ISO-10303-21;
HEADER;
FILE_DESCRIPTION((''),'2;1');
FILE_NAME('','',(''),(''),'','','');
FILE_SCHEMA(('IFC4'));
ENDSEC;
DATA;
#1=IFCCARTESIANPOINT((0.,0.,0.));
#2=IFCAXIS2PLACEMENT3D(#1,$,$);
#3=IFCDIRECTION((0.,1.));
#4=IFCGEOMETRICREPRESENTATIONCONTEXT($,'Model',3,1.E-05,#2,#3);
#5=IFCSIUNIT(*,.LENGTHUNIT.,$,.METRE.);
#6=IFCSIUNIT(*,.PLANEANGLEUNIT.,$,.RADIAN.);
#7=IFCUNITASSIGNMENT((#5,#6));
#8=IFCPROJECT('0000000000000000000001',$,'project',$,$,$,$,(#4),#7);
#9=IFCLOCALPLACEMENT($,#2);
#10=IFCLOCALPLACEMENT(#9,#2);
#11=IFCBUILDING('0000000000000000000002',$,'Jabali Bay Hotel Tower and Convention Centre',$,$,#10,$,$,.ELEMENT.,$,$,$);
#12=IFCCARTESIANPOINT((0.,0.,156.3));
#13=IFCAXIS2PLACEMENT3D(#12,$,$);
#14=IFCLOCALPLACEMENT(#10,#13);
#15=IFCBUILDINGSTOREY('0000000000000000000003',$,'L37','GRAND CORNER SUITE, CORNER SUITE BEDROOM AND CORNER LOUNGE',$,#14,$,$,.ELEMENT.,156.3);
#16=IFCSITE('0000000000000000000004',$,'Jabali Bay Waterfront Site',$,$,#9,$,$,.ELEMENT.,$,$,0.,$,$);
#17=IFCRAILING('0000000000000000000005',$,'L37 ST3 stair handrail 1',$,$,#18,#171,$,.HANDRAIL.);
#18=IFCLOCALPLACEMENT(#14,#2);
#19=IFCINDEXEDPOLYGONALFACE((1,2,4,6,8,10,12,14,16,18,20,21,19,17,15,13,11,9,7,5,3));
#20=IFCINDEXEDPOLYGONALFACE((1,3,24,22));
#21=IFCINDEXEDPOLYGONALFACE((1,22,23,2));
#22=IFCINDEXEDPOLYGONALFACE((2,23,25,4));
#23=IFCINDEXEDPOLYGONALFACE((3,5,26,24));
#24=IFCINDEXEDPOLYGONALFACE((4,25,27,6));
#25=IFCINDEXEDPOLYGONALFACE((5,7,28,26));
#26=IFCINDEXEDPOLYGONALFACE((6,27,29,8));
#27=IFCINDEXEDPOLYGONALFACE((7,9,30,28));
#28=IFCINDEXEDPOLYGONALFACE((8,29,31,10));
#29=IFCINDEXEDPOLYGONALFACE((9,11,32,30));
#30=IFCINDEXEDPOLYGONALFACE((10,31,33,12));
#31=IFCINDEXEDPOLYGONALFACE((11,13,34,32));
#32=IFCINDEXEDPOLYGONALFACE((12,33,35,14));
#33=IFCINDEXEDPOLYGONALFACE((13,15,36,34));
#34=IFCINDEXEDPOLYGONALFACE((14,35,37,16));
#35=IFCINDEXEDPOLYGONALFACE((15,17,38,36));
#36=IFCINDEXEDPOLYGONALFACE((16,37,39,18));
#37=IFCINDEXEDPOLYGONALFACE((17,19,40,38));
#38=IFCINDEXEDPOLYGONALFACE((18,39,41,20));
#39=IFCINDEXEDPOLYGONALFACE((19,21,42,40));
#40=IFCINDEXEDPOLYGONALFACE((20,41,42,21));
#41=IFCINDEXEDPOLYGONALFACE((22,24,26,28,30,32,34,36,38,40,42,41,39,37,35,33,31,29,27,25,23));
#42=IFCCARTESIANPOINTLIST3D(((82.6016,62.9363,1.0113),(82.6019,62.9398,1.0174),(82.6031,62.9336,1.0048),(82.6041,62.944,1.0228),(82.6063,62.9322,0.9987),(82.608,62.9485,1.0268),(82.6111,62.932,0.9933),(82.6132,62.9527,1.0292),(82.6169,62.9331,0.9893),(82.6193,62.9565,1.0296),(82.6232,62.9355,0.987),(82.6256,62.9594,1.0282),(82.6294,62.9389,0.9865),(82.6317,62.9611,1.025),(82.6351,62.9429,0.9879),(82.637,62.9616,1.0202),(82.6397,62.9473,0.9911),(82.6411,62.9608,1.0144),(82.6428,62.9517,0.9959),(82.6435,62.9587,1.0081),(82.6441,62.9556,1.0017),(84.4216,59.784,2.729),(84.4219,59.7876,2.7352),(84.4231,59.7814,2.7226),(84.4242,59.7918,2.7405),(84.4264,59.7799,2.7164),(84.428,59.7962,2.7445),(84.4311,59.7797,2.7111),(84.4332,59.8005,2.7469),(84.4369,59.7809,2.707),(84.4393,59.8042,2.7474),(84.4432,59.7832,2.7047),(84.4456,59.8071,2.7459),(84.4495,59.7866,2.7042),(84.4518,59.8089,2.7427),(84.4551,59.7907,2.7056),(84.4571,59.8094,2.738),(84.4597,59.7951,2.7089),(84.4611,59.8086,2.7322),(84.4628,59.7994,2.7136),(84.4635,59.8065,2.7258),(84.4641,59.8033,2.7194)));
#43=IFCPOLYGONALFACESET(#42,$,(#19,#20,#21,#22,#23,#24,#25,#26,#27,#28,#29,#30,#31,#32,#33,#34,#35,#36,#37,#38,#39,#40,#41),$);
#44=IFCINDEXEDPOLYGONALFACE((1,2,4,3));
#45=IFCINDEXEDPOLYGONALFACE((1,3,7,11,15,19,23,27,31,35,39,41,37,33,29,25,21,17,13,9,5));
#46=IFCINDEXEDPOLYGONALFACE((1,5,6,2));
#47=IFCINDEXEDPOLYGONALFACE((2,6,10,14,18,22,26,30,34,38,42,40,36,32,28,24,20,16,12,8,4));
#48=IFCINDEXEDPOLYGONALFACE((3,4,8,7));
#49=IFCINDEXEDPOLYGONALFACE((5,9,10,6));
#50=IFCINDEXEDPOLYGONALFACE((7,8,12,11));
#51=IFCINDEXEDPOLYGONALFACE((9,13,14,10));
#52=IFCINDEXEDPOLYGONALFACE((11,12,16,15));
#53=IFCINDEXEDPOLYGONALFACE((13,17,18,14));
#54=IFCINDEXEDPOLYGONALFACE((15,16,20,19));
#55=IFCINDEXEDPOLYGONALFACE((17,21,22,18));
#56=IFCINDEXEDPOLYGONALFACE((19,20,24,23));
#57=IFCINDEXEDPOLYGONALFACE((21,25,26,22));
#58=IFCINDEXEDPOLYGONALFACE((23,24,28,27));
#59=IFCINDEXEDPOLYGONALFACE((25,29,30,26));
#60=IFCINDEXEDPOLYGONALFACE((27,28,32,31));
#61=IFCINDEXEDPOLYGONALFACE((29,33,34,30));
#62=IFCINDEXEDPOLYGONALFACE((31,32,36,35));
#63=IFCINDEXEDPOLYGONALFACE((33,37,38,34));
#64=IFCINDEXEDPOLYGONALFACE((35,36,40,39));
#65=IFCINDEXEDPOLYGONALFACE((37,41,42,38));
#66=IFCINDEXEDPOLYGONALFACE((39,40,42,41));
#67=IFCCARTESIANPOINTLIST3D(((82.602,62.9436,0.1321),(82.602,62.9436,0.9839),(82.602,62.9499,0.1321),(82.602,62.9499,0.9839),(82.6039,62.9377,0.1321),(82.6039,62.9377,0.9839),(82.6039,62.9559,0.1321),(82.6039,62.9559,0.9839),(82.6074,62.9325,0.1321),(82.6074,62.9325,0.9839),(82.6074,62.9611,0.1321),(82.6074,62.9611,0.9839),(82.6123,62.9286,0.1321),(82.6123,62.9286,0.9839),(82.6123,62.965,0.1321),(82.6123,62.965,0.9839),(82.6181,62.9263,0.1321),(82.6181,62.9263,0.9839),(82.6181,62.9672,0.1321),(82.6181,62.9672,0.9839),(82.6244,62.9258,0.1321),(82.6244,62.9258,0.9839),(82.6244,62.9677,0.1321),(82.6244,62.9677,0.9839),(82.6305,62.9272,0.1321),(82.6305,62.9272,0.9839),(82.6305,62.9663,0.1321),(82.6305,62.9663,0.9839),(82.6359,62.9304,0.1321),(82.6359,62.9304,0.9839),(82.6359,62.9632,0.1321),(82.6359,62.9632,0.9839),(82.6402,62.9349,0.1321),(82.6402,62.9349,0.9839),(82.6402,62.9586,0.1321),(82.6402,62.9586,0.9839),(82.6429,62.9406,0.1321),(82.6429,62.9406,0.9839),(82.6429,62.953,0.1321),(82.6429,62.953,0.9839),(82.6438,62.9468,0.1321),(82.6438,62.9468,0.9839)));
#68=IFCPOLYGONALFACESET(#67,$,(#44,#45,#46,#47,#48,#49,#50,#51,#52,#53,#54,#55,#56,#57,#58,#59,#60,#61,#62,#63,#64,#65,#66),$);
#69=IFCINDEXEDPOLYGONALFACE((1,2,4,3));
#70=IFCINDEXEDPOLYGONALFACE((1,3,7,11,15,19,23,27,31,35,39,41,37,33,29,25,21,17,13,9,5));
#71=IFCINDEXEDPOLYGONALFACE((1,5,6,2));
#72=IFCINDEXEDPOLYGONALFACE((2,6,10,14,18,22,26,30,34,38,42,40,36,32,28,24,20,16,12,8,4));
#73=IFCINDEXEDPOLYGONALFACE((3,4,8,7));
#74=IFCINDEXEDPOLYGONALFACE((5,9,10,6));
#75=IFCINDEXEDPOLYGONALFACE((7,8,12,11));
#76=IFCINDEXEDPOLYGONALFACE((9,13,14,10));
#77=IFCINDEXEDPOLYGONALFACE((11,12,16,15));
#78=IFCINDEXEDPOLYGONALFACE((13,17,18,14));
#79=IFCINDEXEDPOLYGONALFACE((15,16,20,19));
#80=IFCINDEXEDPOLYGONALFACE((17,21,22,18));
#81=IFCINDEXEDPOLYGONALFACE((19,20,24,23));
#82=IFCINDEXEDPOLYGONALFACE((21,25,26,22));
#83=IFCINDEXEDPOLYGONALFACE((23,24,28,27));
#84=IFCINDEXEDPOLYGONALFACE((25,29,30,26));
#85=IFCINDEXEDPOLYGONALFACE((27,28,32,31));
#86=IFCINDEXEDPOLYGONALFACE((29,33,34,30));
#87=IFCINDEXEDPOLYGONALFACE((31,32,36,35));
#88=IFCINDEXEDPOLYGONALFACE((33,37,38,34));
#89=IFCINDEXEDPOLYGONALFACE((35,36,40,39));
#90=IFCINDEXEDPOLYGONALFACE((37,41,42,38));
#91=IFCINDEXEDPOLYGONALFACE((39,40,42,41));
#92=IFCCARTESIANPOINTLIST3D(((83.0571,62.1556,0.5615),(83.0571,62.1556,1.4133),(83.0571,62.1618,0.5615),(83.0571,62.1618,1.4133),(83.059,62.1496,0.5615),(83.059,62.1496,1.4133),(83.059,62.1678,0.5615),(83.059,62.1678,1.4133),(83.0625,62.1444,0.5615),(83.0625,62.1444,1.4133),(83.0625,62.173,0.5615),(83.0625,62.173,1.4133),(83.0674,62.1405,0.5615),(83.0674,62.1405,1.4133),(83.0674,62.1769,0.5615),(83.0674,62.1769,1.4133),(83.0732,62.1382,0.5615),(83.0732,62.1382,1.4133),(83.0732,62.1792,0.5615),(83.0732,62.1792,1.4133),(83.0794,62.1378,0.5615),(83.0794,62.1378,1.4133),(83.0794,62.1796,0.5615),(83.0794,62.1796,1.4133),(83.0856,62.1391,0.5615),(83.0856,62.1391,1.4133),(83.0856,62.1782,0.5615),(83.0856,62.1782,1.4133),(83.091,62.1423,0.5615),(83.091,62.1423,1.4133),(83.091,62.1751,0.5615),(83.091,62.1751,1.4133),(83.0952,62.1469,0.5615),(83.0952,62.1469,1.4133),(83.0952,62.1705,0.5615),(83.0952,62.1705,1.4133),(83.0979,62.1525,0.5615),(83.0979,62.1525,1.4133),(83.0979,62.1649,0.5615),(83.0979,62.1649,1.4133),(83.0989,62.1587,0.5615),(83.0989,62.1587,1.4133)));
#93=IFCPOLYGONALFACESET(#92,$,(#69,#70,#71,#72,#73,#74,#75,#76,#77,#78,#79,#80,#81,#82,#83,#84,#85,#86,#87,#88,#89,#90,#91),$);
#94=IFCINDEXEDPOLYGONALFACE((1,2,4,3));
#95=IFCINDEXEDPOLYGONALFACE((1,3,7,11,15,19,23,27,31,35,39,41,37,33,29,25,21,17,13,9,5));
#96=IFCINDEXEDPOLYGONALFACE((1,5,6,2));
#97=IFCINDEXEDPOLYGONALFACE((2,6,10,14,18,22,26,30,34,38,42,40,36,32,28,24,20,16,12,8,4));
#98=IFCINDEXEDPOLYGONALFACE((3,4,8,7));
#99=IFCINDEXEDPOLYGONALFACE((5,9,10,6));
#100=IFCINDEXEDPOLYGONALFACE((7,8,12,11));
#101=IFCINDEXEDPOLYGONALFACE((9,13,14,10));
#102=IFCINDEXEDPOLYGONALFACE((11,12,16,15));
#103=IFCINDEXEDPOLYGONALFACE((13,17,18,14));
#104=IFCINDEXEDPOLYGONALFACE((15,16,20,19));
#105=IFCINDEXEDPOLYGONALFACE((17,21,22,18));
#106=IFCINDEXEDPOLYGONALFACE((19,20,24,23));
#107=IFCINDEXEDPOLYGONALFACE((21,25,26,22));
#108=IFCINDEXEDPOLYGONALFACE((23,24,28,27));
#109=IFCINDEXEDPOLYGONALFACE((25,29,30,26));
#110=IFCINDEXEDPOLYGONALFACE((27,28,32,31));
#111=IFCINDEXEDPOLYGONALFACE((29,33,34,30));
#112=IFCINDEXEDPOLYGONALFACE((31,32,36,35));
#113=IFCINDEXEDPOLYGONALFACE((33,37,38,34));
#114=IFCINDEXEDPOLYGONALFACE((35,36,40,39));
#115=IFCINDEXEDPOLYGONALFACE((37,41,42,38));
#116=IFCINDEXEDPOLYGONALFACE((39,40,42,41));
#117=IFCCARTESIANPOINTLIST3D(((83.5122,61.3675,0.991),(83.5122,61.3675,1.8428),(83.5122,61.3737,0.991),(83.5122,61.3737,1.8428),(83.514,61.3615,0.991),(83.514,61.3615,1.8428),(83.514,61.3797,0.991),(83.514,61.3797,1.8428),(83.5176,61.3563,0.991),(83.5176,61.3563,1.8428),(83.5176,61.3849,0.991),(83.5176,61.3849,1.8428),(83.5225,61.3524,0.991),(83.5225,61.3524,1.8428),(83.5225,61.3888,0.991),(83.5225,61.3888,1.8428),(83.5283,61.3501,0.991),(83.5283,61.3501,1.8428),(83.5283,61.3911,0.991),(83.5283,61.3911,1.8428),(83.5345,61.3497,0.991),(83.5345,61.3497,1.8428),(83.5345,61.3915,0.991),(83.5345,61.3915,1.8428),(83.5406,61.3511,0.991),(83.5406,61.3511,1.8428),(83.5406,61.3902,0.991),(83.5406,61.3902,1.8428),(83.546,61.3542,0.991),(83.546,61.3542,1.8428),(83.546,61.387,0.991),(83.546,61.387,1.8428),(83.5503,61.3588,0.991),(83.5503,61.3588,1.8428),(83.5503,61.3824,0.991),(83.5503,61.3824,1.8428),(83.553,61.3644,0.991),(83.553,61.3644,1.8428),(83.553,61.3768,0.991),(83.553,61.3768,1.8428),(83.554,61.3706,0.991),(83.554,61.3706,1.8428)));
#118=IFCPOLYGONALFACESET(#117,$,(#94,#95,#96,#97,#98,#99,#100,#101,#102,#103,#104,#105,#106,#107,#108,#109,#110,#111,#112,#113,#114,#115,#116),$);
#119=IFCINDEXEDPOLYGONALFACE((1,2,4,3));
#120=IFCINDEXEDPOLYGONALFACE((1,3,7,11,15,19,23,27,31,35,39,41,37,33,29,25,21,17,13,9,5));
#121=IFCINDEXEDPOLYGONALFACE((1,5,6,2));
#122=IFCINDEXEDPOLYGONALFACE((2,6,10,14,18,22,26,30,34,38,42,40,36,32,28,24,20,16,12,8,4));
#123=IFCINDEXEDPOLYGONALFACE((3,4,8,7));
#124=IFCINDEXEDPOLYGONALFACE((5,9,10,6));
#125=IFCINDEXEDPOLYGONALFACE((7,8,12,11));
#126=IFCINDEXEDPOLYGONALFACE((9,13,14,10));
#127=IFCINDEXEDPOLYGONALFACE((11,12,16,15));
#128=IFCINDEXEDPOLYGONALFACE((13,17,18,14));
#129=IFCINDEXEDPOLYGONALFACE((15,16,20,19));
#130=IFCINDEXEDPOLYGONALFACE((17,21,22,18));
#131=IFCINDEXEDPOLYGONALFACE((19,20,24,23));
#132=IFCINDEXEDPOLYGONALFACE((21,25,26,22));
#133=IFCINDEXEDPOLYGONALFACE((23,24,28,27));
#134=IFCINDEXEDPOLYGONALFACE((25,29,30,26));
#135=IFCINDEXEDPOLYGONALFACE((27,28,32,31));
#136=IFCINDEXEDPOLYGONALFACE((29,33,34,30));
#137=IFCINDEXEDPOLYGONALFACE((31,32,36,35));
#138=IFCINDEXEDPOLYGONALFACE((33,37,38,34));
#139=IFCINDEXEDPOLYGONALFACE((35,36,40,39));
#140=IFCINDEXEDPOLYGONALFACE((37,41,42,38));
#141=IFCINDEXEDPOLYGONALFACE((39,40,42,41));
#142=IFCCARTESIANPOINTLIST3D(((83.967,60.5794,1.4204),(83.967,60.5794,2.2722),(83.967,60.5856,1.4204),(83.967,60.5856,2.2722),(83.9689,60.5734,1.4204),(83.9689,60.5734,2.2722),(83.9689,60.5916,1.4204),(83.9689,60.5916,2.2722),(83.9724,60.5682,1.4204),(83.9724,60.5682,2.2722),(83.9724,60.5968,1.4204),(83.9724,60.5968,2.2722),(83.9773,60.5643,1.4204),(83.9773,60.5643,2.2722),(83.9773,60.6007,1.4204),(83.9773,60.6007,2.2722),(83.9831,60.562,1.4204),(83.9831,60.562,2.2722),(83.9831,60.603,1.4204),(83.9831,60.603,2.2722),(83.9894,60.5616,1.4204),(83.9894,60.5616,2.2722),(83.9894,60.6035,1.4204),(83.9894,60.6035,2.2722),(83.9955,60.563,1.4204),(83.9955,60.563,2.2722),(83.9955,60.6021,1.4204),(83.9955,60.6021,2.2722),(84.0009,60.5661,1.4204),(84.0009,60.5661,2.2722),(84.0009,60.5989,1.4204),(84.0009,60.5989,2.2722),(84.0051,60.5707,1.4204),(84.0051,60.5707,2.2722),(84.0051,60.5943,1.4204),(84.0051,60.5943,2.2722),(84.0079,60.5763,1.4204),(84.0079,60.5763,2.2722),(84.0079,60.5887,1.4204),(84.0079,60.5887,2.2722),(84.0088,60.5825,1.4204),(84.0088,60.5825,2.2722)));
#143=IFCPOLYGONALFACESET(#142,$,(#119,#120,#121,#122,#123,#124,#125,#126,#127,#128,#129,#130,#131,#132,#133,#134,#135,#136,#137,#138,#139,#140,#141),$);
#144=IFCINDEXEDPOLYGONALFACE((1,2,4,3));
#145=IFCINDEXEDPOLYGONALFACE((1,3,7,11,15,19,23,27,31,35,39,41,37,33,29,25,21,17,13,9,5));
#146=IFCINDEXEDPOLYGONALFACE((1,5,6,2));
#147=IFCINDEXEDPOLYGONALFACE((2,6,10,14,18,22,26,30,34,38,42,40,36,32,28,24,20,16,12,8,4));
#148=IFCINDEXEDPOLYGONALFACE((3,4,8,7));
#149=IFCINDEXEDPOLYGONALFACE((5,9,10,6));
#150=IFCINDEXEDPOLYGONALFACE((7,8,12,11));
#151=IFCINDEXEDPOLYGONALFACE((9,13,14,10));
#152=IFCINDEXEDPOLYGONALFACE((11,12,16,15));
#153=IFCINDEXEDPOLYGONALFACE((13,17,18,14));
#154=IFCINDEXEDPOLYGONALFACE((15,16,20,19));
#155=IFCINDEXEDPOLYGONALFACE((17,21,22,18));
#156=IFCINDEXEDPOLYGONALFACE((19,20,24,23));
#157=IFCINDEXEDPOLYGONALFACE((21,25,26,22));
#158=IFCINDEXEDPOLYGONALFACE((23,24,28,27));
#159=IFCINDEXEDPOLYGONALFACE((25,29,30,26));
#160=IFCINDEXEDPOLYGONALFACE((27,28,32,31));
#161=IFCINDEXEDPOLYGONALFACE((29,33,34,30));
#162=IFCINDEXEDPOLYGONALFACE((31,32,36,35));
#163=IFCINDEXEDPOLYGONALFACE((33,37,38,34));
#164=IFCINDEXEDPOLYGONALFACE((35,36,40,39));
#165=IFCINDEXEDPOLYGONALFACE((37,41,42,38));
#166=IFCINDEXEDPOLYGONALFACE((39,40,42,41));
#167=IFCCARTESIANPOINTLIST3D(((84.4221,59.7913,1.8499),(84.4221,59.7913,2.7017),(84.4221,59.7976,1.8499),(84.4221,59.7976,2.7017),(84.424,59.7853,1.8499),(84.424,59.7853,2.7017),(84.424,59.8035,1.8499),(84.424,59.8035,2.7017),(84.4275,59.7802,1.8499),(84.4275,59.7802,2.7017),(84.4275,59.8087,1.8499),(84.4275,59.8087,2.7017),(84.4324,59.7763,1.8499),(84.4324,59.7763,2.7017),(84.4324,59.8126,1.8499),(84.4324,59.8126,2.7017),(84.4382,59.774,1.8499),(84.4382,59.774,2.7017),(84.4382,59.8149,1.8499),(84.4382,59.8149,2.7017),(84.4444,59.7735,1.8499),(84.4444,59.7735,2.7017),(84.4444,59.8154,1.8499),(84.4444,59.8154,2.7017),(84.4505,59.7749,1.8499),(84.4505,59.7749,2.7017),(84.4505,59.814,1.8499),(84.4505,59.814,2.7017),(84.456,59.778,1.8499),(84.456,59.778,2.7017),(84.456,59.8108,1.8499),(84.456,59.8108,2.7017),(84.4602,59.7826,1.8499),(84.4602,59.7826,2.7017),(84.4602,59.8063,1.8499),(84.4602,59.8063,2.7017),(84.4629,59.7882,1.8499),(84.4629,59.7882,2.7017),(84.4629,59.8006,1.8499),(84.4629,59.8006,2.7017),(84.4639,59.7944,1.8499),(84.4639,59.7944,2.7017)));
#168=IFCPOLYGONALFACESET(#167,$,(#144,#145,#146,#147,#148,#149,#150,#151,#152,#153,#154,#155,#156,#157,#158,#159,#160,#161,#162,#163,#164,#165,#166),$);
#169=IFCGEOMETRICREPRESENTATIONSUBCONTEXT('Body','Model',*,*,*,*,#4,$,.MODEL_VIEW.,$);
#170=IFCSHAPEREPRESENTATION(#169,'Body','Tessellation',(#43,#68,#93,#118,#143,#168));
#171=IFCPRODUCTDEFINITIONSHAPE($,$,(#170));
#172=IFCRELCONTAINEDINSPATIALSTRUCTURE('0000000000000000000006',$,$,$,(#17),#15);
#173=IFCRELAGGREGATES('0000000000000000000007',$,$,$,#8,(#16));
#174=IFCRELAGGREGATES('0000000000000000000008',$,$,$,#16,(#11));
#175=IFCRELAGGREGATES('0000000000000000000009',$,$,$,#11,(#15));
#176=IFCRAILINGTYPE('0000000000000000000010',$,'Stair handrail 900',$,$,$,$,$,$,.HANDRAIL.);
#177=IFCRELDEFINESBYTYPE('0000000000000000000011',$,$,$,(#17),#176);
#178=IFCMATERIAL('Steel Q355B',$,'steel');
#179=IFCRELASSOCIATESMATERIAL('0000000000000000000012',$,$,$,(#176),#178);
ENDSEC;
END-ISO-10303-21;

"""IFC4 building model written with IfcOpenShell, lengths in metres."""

from ifc_helpers import new_model, si_unit, direction, frame, origin, origin_2d, place, context, subcontext, project, spatial, circle, extrude, material, type_object, element, save


model = new_model("IFC4")

# Units and contexts
model_context = context("Model", 3, precision=1e-05, world=origin(), true_north=direction((0.0, 1.0)))
body_context = subcontext(model_context, "Body", "Model", "MODEL_VIEW")
ifc_project = project(units=[si_unit("LENGTHUNIT", "METRE"), si_unit("PLANEANGLEUNIT", "RADIAN")], contexts=[model_context])

# Site, building, storey
site_placement = place(None, origin())
site = spatial("IfcSite", under=ifc_project, at=site_placement, Name="Jabali Bay Waterfront Site", CompositionType="ELEMENT", RefElevation=0.0)
building_placement = place(site_placement, origin())
building = spatial("IfcBuilding", under=site, at=building_placement, Name="Jabali Bay Hotel Tower and Convention Centre", CompositionType="ELEMENT")
storey_placement = place(building_placement, frame((0.0, 0.0, 156.3)))
storey = spatial("IfcBuildingStorey", under=building, at=storey_placement, Name="L37", Description="GRAND CORNER SUITE, CORNER SUITE BEDROOM AND CORNER LOUNGE", CompositionType="ELEMENT", Elevation=156.3)

# Railing
ifc_material_1 = material(Name="Steel Q355B", Category="steel")
railing_type_1 = type_object("IfcRailingType", Name="Stair handrail 900", PredefinedType="HANDRAIL", material=ifc_material_1)
railing_1_placement = place(storey_placement, frame((82.6228, 62.9468, 0.1321)))
element("IfcRailing", 1, at=railing_1_placement, inside=storey, type_object=railing_type_1, Name="L37 ST3 stair handrail 1", PredefinedType="HANDRAIL", context=body_context, shape_type="SweptSolid", body=[
    extrude(circle(Radius=0.0239, at=origin_2d()), frame((0.0, 0.0, 0.876), z_axis=(0.45219, -0.78319, 0.426775), x_axis=(0.866018, 0.500013, 0.0)), (0.0, 0.0, 1.0), 4.0249),
    extrude(circle(Radius=0.021, at=origin_2d()), origin(), (0.0, 0.0, 1.0), 0.8518),
    extrude(circle(Radius=0.021, at=origin_2d()), frame((0.4551, -0.7881, 0.4294)), (0.0, 0.0, 1.0), 0.8518),
    extrude(circle(Radius=0.021, at=origin_2d()), frame((0.9102, -1.5762, 0.8589)), (0.0, 0.0, 1.0), 0.8518),
    extrude(circle(Radius=0.021, at=origin_2d()), frame((1.365, -2.3643, 1.2883)), (0.0, 0.0, 1.0), 0.8518),
    extrude(circle(Radius=0.021, at=origin_2d()), frame((1.8201, -3.1523, 1.7178)), (0.0, 0.0, 1.0), 0.8518),
])

save(model, "model.ifc")
